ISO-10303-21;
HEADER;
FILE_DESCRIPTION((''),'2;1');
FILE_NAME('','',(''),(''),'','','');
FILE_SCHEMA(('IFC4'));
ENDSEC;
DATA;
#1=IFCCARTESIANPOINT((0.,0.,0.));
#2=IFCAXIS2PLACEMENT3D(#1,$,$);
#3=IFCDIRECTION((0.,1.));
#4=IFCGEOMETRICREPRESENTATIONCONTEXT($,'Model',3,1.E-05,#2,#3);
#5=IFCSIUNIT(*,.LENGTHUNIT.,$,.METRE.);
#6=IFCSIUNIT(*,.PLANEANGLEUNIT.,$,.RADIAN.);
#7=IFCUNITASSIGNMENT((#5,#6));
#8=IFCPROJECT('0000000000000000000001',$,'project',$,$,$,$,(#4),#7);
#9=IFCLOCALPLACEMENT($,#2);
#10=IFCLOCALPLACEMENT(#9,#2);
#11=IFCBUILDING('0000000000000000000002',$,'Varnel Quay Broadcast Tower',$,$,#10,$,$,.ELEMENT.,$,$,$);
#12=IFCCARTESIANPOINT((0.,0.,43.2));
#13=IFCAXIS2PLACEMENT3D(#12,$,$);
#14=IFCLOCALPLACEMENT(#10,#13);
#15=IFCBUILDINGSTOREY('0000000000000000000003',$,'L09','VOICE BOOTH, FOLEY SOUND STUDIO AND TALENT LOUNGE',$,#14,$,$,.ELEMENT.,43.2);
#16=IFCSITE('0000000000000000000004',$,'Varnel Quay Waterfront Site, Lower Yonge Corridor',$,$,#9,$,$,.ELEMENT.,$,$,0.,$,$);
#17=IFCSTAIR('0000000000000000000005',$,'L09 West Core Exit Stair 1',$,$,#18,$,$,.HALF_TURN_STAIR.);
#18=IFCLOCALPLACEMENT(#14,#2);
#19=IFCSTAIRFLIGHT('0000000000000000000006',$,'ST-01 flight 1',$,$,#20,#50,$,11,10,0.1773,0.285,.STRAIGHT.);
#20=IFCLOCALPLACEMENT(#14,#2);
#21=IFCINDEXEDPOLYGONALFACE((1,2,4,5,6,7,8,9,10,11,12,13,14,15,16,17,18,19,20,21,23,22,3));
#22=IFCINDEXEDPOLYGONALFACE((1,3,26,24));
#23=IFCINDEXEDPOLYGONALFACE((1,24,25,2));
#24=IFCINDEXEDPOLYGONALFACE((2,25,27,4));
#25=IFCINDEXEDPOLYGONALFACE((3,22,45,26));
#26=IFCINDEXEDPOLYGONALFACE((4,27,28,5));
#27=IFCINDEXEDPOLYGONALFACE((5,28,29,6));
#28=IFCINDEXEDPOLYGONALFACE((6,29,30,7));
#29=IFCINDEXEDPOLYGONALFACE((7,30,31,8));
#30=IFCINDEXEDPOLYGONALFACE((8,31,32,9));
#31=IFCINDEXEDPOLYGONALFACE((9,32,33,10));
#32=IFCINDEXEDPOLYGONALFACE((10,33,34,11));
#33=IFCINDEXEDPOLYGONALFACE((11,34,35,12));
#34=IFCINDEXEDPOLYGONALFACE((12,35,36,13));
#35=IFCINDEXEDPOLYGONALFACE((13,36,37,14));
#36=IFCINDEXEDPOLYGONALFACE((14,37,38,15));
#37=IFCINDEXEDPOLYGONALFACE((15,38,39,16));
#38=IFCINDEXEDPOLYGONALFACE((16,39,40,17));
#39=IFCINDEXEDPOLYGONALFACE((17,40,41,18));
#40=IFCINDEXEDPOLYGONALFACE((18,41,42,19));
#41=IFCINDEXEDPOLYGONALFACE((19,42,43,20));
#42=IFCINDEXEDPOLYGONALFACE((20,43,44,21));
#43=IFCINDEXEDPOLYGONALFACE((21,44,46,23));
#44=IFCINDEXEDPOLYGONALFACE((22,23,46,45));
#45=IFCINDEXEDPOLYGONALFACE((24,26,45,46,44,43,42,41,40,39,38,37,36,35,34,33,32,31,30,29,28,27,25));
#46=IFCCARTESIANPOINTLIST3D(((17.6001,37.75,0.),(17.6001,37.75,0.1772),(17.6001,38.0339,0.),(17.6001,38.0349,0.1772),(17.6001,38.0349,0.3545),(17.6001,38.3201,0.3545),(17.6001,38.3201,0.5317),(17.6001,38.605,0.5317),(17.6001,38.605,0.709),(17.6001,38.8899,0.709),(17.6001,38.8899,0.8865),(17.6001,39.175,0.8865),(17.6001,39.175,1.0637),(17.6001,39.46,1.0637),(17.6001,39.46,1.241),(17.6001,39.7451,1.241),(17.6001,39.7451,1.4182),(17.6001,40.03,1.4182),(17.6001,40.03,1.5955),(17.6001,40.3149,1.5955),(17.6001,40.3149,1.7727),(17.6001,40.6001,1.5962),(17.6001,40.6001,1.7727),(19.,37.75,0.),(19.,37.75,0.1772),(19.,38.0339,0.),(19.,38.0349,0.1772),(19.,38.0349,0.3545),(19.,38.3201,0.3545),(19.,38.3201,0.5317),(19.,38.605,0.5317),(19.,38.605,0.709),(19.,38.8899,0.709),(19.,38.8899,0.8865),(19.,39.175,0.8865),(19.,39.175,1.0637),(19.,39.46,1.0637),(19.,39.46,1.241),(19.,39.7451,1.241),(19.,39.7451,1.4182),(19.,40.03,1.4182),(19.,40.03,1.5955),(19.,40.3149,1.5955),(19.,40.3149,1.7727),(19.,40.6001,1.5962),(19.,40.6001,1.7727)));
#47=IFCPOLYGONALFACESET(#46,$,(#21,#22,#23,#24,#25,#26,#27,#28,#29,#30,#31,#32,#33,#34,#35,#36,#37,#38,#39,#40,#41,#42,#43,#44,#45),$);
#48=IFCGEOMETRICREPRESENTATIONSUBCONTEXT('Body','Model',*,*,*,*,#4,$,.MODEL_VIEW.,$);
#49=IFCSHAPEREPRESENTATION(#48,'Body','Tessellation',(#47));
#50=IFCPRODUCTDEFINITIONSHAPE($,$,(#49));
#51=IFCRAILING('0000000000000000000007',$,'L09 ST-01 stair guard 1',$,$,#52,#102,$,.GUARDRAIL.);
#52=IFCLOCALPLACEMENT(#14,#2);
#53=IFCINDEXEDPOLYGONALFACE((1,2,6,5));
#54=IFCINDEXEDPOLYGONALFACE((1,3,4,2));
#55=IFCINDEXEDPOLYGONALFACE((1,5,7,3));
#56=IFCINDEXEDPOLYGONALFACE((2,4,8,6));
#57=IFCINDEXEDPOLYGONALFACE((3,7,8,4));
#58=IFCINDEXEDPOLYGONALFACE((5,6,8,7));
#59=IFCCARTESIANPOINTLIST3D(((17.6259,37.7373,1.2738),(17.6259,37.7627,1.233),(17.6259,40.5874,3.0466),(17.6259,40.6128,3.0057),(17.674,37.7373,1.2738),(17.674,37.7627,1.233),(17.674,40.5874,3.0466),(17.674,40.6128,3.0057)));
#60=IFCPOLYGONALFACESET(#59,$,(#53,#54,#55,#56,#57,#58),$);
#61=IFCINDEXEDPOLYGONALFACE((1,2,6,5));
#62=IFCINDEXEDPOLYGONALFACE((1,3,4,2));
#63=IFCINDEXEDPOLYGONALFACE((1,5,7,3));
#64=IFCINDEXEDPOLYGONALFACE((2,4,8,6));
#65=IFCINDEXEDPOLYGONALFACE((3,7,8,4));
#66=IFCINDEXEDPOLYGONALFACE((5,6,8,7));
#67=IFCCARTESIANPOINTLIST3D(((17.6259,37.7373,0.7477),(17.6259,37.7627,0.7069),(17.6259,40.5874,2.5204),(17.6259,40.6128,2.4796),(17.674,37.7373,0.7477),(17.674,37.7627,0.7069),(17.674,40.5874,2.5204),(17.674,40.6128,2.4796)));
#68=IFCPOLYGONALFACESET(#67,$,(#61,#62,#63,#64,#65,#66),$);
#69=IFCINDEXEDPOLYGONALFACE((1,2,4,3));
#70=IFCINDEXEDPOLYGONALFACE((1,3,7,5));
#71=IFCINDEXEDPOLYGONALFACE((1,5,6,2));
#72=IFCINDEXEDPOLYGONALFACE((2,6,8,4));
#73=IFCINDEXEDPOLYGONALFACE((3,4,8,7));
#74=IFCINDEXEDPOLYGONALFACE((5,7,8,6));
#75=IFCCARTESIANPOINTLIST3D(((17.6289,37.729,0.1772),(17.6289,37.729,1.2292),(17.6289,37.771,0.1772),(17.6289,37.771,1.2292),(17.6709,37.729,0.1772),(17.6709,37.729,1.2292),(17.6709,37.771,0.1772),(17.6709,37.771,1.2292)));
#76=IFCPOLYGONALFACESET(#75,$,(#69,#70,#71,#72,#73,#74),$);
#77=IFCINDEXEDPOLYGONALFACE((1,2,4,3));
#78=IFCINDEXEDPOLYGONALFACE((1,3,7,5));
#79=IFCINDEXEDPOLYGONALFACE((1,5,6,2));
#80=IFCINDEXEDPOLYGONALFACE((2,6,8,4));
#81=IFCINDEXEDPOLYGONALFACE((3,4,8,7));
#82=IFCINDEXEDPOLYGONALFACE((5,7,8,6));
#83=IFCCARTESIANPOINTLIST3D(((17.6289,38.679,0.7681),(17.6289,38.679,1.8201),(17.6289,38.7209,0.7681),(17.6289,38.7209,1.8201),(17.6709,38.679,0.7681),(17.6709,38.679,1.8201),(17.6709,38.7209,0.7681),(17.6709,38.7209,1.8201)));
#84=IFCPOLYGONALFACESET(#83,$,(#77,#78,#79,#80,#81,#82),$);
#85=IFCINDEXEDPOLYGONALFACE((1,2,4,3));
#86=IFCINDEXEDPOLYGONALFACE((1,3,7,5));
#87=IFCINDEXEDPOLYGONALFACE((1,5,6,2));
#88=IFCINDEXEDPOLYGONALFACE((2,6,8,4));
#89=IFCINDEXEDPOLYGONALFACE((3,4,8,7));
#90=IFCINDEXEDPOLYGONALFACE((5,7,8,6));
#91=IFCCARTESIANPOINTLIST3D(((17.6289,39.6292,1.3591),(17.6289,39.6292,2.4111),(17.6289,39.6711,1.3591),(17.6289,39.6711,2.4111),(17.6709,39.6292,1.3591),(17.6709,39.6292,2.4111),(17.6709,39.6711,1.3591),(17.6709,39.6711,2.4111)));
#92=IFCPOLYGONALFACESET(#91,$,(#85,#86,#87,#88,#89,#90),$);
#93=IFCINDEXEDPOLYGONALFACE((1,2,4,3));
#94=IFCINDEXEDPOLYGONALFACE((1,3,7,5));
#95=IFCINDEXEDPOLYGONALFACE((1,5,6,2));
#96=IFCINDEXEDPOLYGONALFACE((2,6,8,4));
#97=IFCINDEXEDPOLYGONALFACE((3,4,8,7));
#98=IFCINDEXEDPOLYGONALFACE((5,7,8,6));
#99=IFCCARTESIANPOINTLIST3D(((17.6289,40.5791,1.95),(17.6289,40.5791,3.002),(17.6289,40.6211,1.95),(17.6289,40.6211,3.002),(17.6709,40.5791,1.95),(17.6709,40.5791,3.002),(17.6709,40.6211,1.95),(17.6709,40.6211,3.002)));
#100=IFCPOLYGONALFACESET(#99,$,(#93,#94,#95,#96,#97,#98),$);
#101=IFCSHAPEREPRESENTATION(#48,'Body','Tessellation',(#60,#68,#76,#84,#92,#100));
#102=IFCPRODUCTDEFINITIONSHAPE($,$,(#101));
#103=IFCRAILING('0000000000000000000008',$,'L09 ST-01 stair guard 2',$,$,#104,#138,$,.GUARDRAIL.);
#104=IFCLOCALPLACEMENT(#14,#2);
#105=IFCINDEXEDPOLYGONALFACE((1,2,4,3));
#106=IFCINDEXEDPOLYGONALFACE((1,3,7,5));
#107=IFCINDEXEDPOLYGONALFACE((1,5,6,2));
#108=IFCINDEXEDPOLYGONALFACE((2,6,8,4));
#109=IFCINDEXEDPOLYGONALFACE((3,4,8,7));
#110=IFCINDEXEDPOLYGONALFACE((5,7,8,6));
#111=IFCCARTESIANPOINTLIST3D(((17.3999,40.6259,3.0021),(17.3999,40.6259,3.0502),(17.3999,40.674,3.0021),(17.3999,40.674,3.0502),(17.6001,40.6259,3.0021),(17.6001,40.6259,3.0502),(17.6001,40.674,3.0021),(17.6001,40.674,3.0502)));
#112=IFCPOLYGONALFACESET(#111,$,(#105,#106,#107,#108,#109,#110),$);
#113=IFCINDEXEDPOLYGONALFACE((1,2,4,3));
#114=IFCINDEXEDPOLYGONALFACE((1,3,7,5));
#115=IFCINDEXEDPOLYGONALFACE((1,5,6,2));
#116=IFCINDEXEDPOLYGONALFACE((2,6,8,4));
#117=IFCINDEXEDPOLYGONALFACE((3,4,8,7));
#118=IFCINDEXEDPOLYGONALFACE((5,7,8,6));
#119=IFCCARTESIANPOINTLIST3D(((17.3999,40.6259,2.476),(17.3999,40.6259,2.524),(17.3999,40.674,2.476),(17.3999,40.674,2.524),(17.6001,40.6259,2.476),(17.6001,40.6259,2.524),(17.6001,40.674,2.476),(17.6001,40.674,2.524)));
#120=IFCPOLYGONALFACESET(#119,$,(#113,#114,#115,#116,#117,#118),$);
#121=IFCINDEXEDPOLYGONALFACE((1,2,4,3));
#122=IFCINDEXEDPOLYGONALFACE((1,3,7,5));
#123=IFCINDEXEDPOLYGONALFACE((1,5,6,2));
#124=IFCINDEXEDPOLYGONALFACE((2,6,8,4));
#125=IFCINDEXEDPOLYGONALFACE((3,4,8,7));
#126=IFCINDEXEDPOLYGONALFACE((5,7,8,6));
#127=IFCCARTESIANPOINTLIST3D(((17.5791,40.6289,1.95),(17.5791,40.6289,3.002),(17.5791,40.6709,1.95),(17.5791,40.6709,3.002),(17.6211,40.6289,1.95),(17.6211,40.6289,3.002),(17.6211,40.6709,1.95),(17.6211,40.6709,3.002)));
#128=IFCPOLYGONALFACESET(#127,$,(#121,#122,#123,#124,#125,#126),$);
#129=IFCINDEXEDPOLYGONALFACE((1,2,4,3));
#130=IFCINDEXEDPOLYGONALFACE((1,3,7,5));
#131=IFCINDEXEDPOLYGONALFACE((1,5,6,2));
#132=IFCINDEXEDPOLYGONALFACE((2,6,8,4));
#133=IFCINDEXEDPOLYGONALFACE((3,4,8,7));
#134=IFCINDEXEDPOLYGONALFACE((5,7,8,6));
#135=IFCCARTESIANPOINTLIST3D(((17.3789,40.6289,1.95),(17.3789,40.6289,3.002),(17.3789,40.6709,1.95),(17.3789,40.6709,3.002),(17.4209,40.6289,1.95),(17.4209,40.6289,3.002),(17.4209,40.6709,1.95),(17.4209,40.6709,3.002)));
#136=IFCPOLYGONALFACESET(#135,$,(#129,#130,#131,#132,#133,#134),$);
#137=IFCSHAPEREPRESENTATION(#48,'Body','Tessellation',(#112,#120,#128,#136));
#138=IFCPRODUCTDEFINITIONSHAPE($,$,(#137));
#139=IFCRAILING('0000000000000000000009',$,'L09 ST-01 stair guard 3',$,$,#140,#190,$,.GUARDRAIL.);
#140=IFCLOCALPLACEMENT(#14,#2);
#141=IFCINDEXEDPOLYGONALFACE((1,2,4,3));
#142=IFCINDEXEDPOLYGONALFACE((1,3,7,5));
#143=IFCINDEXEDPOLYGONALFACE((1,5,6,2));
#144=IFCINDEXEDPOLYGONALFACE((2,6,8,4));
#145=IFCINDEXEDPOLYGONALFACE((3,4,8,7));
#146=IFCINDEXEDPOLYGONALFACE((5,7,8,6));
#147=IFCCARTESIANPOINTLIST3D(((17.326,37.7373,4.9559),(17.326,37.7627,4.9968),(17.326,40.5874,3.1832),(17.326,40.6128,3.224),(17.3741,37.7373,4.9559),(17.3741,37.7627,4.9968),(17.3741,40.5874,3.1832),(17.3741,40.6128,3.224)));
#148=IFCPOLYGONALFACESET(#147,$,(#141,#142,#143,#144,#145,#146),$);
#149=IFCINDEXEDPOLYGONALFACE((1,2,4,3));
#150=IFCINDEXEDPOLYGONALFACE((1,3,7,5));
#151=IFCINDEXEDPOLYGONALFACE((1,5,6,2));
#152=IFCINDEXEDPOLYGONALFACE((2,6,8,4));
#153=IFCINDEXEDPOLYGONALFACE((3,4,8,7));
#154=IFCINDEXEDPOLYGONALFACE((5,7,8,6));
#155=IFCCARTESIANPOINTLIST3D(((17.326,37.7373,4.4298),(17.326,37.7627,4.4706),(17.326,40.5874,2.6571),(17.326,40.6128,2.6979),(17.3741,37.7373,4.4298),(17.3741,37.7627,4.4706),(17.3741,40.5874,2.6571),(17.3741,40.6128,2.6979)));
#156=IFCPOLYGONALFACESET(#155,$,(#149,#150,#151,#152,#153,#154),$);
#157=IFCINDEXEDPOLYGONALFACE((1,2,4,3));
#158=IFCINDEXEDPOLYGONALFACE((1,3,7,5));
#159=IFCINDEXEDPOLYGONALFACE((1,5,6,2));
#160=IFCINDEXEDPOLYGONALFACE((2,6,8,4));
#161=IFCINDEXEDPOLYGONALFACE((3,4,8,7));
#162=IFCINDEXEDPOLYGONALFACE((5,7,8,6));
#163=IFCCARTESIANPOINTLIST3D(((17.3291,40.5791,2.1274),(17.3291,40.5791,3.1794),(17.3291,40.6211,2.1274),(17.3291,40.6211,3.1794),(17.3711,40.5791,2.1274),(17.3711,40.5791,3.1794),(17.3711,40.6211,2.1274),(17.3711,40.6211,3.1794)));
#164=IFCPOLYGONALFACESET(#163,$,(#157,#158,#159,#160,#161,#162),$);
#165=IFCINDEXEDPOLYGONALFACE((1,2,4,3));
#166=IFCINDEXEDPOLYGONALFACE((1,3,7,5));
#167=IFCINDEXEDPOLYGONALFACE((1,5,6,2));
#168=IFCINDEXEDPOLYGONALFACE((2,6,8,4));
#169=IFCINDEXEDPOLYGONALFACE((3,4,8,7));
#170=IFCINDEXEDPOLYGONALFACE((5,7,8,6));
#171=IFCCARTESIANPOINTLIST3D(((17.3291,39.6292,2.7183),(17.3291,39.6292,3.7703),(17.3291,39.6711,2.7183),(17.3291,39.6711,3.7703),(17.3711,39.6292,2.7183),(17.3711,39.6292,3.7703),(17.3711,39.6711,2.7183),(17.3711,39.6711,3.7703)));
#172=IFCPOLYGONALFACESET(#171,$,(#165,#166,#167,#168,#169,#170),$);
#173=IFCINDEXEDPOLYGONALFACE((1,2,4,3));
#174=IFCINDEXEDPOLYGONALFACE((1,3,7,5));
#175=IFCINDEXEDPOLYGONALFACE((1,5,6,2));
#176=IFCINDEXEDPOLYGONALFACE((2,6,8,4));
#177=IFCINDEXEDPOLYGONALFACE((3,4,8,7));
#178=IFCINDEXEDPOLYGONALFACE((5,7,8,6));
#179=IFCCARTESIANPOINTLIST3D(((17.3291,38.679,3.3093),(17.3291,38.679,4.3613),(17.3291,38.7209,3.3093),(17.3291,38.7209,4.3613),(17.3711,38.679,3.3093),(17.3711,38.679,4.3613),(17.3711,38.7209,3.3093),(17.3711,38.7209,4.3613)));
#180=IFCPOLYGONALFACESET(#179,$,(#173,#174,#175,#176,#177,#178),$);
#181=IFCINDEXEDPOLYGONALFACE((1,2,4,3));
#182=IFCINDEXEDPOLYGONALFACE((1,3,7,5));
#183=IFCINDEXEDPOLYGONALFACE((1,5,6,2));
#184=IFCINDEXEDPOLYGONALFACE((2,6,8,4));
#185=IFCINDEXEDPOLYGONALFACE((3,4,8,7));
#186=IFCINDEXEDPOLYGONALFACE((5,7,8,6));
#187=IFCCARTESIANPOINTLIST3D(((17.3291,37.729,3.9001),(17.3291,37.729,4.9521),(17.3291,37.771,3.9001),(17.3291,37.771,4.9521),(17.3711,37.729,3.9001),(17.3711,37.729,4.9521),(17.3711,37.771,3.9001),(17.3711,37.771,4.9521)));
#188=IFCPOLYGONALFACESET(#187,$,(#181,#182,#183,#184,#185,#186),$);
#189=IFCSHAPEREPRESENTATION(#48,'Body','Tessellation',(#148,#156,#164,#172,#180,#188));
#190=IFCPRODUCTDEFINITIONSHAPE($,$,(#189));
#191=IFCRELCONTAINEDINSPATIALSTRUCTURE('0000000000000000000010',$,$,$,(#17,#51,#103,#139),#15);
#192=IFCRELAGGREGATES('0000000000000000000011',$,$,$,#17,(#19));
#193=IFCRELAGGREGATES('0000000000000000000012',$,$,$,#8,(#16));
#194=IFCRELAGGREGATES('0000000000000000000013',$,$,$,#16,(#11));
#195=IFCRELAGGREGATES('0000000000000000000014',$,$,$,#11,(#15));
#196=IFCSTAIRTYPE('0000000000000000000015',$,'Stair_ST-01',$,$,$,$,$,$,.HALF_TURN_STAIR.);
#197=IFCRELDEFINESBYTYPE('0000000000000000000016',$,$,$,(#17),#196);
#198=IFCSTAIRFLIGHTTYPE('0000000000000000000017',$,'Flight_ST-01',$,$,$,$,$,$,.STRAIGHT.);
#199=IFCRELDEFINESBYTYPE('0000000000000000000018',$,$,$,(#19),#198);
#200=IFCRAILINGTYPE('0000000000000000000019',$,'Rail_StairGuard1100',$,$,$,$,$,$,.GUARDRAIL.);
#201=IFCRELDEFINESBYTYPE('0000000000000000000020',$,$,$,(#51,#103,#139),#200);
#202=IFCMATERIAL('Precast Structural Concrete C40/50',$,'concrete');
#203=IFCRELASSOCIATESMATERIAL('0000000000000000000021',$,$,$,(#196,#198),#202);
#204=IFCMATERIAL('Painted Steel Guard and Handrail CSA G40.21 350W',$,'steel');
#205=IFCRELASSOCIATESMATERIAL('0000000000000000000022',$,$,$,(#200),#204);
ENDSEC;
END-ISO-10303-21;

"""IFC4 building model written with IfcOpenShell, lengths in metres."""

from ifc_helpers import new_model, si_unit, direction, frame, origin, origin_2d, place, context, subcontext, project, spatial, polyline, rectangle, outline, extrude, material, type_object, element, aggregate, save


model = new_model("IFC4")

# Units and contexts
model_context = context("Model", 3, precision=1e-05, world=origin(), true_north=direction((0.0, 1.0)))
body_context = subcontext(model_context, "Body", "Model", "MODEL_VIEW")
ifc_project = project(units=[si_unit("LENGTHUNIT", "METRE"), si_unit("PLANEANGLEUNIT", "RADIAN")], contexts=[model_context])

# Site, building, storey
site_placement = place(None, origin())
site = spatial("IfcSite", under=ifc_project, at=site_placement, Name="Varnel Quay Waterfront Site, Lower Yonge Corridor", CompositionType="ELEMENT", RefElevation=0.0)
building_placement = place(site_placement, origin())
building = spatial("IfcBuilding", under=site, at=building_placement, Name="Varnel Quay Broadcast Tower", CompositionType="ELEMENT")
storey_placement = place(building_placement, frame((0.0, 0.0, 43.2)))
storey = spatial("IfcBuildingStorey", under=building, at=storey_placement, Name="L09", Description="VOICE BOOTH, FOLEY SOUND STUDIO AND TALENT LOUNGE", CompositionType="ELEMENT", Elevation=43.2)

# Stair, stair flight
ifc_material_1 = material(Name="Precast Structural Concrete C40/50", Category="concrete")
stair_type = type_object("IfcStairType", Name="Stair_ST-01", PredefinedType="HALF_TURN_STAIR", material=ifc_material_1)
stair_placement = place(storey_placement, origin())
stair = element("IfcStair", 1, at=stair_placement, inside=storey, type_object=stair_type, Name="L09 West Core Exit Stair 1", PredefinedType="HALF_TURN_STAIR")
stair_flight_type = type_object("IfcStairFlightType", Name="Flight_ST-01", PredefinedType="STRAIGHT", material=ifc_material_1)
stair_flight_placement = place(storey_placement, frame((18.3, 37.75, 0.0), z_axis=(0.0, 0.0, 1.0), x_axis=(0.0, 1.0, 0.0)))
stair_flight = element("IfcStairFlight", 2, at=stair_flight_placement, type_object=stair_flight_type, Name="ST-01 flight 1", NumberOfRisers=11, NumberOfTreads=10, PredefinedType="STRAIGHT", RiserHeight=0.1773, TreadLength=0.285, context=body_context, shape_type="SweptSolid", body=[
    extrude(outline(polyline([(0.0, 0.0), (0.0, 0.1772), (0.2849, 0.1772), (0.2849, 0.3545), (0.5701, 0.3545), (0.5701, 0.5317), (0.855, 0.5317), (0.855, 0.709), (1.1399, 0.709), (1.1399, 0.8865), (1.425, 0.8865), (1.425, 1.0637), (1.71, 1.0637), (1.71, 1.241), (1.9951, 1.241), (1.9951, 1.4182), (2.28, 1.4182), (2.28, 1.5955), (2.5649, 1.5955), (2.5649, 1.7727), (2.8501, 1.7727), (2.8501, 1.95), (2.8501, 1.5962), (0.2839, 0.0), (0.0, 0.0)])), frame((0.0, 0.7, 0.0), z_axis=(0.0, -1.0, 0.0), x_axis=(1.0, 0.0, 0.0)), (0.0, 0.0, 1.0), 1.3999),
])
aggregate(stair, [stair_flight])

# Railings
ifc_material_2 = material(Name="Painted Steel Guard and Handrail CSA G40.21 350W", Category="steel")
railing_type_1 = type_object("IfcRailingType", Name="Rail_StairGuard1100", PredefinedType="GUARDRAIL", material=ifc_material_2)
railing_1_placement = place(storey_placement, frame((17.6499, 37.75, 0.1772)))
element("IfcRailing", 3, at=railing_1_placement, inside=storey, type_object=railing_type_1, Name="L09 ST-01 stair guard 1", PredefinedType="GUARDRAIL", context=body_context, shape_type="SweptSolid", body=[
    extrude(rectangle(XDim=0.0481, YDim=0.0481, at=origin_2d()), frame((0.0, 0.0, 1.0762), z_axis=(0.0, 0.849149, 0.528154), x_axis=(-1.0, 0.0, 0.0)), (0.0, 0.0, 1.0), 3.3564),
    extrude(rectangle(XDim=0.0481, YDim=0.0481, at=origin_2d()), frame((0.0, 0.0, 0.55), z_axis=(0.0, 0.849149, 0.528154), x_axis=(-1.0, 0.0, 0.0)), (0.0, 0.0, 1.0), 3.3564),
    extrude(rectangle(XDim=0.042, YDim=0.042, at=origin_2d()), origin(), (0.0, 0.0, 1.0), 1.052),
    extrude(rectangle(XDim=0.042, YDim=0.042, at=origin_2d()), frame((0.0, 0.95, 0.5908)), (0.0, 0.0, 1.0), 1.052),
    extrude(rectangle(XDim=0.042, YDim=0.042, at=origin_2d()), frame((0.0, 1.9001, 1.1819)), (0.0, 0.0, 1.0), 1.052),
    extrude(rectangle(XDim=0.042, YDim=0.042, at=origin_2d()), frame((0.0, 2.8501, 1.7727)), (0.0, 0.0, 1.0), 1.052),
])
railing_2_placement = place(storey_placement, frame((17.6001, 40.6499, 1.95)))
element("IfcRailing", 4, at=railing_2_placement, inside=storey, type_object=railing_type_1, Name="L09 ST-01 stair guard 2", PredefinedType="GUARDRAIL", context=body_context, shape_type="SweptSolid", body=[
    extrude(rectangle(XDim=0.0481, YDim=0.0481, at=origin_2d()), frame((0.0, 0.0, 1.0762), z_axis=(-1.0, 0.0, 0.0), x_axis=(0.0, -1.0, 0.0)), (0.0, 0.0, 1.0), 0.2002),
    extrude(rectangle(XDim=0.0481, YDim=0.0481, at=origin_2d()), frame((0.0, 0.0, 0.55), z_axis=(-1.0, 0.0, 0.0), x_axis=(0.0, -1.0, 0.0)), (0.0, 0.0, 1.0), 0.2002),
    extrude(rectangle(XDim=0.042, YDim=0.042, at=origin_2d()), origin(), (0.0, 0.0, 1.0), 1.052),
    extrude(rectangle(XDim=0.042, YDim=0.042, at=origin_2d()), frame((-0.2002, 0.0, 0.0)), (0.0, 0.0, 1.0), 1.052),
])
railing_3_placement = place(storey_placement, frame((17.3501, 40.6001, 2.1274)))
element("IfcRailing", 5, at=railing_3_placement, inside=storey, type_object=railing_type_1, Name="L09 ST-01 stair guard 3", PredefinedType="GUARDRAIL", context=body_context, shape_type="SweptSolid", body=[
    extrude(rectangle(XDim=0.0481, YDim=0.0481, at=origin_2d()), frame((0.0, 0.0, 1.0762), z_axis=(0.0, -0.849149, 0.528154), x_axis=(1.0, 0.0, 0.0)), (0.0, 0.0, 1.0), 3.3564),
    extrude(rectangle(XDim=0.0481, YDim=0.0481, at=origin_2d()), frame((0.0, 0.0, 0.55), z_axis=(0.0, -0.849149, 0.528154), x_axis=(1.0, 0.0, 0.0)), (0.0, 0.0, 1.0), 3.3564),
    extrude(rectangle(XDim=0.042, YDim=0.042, at=origin_2d()), origin(), (0.0, 0.0, 1.0), 1.052),
    extrude(rectangle(XDim=0.042, YDim=0.042, at=origin_2d()), frame((0.0, -0.95, 0.5908)), (0.0, 0.0, 1.0), 1.052),
    extrude(rectangle(XDim=0.042, YDim=0.042, at=origin_2d()), frame((0.0, -1.9001, 1.1819)), (0.0, 0.0, 1.0), 1.052),
    extrude(rectangle(XDim=0.042, YDim=0.042, at=origin_2d()), frame((0.0, -2.8501, 1.7727)), (0.0, 0.0, 1.0), 1.052),
])

save(model, "model.ifc")
